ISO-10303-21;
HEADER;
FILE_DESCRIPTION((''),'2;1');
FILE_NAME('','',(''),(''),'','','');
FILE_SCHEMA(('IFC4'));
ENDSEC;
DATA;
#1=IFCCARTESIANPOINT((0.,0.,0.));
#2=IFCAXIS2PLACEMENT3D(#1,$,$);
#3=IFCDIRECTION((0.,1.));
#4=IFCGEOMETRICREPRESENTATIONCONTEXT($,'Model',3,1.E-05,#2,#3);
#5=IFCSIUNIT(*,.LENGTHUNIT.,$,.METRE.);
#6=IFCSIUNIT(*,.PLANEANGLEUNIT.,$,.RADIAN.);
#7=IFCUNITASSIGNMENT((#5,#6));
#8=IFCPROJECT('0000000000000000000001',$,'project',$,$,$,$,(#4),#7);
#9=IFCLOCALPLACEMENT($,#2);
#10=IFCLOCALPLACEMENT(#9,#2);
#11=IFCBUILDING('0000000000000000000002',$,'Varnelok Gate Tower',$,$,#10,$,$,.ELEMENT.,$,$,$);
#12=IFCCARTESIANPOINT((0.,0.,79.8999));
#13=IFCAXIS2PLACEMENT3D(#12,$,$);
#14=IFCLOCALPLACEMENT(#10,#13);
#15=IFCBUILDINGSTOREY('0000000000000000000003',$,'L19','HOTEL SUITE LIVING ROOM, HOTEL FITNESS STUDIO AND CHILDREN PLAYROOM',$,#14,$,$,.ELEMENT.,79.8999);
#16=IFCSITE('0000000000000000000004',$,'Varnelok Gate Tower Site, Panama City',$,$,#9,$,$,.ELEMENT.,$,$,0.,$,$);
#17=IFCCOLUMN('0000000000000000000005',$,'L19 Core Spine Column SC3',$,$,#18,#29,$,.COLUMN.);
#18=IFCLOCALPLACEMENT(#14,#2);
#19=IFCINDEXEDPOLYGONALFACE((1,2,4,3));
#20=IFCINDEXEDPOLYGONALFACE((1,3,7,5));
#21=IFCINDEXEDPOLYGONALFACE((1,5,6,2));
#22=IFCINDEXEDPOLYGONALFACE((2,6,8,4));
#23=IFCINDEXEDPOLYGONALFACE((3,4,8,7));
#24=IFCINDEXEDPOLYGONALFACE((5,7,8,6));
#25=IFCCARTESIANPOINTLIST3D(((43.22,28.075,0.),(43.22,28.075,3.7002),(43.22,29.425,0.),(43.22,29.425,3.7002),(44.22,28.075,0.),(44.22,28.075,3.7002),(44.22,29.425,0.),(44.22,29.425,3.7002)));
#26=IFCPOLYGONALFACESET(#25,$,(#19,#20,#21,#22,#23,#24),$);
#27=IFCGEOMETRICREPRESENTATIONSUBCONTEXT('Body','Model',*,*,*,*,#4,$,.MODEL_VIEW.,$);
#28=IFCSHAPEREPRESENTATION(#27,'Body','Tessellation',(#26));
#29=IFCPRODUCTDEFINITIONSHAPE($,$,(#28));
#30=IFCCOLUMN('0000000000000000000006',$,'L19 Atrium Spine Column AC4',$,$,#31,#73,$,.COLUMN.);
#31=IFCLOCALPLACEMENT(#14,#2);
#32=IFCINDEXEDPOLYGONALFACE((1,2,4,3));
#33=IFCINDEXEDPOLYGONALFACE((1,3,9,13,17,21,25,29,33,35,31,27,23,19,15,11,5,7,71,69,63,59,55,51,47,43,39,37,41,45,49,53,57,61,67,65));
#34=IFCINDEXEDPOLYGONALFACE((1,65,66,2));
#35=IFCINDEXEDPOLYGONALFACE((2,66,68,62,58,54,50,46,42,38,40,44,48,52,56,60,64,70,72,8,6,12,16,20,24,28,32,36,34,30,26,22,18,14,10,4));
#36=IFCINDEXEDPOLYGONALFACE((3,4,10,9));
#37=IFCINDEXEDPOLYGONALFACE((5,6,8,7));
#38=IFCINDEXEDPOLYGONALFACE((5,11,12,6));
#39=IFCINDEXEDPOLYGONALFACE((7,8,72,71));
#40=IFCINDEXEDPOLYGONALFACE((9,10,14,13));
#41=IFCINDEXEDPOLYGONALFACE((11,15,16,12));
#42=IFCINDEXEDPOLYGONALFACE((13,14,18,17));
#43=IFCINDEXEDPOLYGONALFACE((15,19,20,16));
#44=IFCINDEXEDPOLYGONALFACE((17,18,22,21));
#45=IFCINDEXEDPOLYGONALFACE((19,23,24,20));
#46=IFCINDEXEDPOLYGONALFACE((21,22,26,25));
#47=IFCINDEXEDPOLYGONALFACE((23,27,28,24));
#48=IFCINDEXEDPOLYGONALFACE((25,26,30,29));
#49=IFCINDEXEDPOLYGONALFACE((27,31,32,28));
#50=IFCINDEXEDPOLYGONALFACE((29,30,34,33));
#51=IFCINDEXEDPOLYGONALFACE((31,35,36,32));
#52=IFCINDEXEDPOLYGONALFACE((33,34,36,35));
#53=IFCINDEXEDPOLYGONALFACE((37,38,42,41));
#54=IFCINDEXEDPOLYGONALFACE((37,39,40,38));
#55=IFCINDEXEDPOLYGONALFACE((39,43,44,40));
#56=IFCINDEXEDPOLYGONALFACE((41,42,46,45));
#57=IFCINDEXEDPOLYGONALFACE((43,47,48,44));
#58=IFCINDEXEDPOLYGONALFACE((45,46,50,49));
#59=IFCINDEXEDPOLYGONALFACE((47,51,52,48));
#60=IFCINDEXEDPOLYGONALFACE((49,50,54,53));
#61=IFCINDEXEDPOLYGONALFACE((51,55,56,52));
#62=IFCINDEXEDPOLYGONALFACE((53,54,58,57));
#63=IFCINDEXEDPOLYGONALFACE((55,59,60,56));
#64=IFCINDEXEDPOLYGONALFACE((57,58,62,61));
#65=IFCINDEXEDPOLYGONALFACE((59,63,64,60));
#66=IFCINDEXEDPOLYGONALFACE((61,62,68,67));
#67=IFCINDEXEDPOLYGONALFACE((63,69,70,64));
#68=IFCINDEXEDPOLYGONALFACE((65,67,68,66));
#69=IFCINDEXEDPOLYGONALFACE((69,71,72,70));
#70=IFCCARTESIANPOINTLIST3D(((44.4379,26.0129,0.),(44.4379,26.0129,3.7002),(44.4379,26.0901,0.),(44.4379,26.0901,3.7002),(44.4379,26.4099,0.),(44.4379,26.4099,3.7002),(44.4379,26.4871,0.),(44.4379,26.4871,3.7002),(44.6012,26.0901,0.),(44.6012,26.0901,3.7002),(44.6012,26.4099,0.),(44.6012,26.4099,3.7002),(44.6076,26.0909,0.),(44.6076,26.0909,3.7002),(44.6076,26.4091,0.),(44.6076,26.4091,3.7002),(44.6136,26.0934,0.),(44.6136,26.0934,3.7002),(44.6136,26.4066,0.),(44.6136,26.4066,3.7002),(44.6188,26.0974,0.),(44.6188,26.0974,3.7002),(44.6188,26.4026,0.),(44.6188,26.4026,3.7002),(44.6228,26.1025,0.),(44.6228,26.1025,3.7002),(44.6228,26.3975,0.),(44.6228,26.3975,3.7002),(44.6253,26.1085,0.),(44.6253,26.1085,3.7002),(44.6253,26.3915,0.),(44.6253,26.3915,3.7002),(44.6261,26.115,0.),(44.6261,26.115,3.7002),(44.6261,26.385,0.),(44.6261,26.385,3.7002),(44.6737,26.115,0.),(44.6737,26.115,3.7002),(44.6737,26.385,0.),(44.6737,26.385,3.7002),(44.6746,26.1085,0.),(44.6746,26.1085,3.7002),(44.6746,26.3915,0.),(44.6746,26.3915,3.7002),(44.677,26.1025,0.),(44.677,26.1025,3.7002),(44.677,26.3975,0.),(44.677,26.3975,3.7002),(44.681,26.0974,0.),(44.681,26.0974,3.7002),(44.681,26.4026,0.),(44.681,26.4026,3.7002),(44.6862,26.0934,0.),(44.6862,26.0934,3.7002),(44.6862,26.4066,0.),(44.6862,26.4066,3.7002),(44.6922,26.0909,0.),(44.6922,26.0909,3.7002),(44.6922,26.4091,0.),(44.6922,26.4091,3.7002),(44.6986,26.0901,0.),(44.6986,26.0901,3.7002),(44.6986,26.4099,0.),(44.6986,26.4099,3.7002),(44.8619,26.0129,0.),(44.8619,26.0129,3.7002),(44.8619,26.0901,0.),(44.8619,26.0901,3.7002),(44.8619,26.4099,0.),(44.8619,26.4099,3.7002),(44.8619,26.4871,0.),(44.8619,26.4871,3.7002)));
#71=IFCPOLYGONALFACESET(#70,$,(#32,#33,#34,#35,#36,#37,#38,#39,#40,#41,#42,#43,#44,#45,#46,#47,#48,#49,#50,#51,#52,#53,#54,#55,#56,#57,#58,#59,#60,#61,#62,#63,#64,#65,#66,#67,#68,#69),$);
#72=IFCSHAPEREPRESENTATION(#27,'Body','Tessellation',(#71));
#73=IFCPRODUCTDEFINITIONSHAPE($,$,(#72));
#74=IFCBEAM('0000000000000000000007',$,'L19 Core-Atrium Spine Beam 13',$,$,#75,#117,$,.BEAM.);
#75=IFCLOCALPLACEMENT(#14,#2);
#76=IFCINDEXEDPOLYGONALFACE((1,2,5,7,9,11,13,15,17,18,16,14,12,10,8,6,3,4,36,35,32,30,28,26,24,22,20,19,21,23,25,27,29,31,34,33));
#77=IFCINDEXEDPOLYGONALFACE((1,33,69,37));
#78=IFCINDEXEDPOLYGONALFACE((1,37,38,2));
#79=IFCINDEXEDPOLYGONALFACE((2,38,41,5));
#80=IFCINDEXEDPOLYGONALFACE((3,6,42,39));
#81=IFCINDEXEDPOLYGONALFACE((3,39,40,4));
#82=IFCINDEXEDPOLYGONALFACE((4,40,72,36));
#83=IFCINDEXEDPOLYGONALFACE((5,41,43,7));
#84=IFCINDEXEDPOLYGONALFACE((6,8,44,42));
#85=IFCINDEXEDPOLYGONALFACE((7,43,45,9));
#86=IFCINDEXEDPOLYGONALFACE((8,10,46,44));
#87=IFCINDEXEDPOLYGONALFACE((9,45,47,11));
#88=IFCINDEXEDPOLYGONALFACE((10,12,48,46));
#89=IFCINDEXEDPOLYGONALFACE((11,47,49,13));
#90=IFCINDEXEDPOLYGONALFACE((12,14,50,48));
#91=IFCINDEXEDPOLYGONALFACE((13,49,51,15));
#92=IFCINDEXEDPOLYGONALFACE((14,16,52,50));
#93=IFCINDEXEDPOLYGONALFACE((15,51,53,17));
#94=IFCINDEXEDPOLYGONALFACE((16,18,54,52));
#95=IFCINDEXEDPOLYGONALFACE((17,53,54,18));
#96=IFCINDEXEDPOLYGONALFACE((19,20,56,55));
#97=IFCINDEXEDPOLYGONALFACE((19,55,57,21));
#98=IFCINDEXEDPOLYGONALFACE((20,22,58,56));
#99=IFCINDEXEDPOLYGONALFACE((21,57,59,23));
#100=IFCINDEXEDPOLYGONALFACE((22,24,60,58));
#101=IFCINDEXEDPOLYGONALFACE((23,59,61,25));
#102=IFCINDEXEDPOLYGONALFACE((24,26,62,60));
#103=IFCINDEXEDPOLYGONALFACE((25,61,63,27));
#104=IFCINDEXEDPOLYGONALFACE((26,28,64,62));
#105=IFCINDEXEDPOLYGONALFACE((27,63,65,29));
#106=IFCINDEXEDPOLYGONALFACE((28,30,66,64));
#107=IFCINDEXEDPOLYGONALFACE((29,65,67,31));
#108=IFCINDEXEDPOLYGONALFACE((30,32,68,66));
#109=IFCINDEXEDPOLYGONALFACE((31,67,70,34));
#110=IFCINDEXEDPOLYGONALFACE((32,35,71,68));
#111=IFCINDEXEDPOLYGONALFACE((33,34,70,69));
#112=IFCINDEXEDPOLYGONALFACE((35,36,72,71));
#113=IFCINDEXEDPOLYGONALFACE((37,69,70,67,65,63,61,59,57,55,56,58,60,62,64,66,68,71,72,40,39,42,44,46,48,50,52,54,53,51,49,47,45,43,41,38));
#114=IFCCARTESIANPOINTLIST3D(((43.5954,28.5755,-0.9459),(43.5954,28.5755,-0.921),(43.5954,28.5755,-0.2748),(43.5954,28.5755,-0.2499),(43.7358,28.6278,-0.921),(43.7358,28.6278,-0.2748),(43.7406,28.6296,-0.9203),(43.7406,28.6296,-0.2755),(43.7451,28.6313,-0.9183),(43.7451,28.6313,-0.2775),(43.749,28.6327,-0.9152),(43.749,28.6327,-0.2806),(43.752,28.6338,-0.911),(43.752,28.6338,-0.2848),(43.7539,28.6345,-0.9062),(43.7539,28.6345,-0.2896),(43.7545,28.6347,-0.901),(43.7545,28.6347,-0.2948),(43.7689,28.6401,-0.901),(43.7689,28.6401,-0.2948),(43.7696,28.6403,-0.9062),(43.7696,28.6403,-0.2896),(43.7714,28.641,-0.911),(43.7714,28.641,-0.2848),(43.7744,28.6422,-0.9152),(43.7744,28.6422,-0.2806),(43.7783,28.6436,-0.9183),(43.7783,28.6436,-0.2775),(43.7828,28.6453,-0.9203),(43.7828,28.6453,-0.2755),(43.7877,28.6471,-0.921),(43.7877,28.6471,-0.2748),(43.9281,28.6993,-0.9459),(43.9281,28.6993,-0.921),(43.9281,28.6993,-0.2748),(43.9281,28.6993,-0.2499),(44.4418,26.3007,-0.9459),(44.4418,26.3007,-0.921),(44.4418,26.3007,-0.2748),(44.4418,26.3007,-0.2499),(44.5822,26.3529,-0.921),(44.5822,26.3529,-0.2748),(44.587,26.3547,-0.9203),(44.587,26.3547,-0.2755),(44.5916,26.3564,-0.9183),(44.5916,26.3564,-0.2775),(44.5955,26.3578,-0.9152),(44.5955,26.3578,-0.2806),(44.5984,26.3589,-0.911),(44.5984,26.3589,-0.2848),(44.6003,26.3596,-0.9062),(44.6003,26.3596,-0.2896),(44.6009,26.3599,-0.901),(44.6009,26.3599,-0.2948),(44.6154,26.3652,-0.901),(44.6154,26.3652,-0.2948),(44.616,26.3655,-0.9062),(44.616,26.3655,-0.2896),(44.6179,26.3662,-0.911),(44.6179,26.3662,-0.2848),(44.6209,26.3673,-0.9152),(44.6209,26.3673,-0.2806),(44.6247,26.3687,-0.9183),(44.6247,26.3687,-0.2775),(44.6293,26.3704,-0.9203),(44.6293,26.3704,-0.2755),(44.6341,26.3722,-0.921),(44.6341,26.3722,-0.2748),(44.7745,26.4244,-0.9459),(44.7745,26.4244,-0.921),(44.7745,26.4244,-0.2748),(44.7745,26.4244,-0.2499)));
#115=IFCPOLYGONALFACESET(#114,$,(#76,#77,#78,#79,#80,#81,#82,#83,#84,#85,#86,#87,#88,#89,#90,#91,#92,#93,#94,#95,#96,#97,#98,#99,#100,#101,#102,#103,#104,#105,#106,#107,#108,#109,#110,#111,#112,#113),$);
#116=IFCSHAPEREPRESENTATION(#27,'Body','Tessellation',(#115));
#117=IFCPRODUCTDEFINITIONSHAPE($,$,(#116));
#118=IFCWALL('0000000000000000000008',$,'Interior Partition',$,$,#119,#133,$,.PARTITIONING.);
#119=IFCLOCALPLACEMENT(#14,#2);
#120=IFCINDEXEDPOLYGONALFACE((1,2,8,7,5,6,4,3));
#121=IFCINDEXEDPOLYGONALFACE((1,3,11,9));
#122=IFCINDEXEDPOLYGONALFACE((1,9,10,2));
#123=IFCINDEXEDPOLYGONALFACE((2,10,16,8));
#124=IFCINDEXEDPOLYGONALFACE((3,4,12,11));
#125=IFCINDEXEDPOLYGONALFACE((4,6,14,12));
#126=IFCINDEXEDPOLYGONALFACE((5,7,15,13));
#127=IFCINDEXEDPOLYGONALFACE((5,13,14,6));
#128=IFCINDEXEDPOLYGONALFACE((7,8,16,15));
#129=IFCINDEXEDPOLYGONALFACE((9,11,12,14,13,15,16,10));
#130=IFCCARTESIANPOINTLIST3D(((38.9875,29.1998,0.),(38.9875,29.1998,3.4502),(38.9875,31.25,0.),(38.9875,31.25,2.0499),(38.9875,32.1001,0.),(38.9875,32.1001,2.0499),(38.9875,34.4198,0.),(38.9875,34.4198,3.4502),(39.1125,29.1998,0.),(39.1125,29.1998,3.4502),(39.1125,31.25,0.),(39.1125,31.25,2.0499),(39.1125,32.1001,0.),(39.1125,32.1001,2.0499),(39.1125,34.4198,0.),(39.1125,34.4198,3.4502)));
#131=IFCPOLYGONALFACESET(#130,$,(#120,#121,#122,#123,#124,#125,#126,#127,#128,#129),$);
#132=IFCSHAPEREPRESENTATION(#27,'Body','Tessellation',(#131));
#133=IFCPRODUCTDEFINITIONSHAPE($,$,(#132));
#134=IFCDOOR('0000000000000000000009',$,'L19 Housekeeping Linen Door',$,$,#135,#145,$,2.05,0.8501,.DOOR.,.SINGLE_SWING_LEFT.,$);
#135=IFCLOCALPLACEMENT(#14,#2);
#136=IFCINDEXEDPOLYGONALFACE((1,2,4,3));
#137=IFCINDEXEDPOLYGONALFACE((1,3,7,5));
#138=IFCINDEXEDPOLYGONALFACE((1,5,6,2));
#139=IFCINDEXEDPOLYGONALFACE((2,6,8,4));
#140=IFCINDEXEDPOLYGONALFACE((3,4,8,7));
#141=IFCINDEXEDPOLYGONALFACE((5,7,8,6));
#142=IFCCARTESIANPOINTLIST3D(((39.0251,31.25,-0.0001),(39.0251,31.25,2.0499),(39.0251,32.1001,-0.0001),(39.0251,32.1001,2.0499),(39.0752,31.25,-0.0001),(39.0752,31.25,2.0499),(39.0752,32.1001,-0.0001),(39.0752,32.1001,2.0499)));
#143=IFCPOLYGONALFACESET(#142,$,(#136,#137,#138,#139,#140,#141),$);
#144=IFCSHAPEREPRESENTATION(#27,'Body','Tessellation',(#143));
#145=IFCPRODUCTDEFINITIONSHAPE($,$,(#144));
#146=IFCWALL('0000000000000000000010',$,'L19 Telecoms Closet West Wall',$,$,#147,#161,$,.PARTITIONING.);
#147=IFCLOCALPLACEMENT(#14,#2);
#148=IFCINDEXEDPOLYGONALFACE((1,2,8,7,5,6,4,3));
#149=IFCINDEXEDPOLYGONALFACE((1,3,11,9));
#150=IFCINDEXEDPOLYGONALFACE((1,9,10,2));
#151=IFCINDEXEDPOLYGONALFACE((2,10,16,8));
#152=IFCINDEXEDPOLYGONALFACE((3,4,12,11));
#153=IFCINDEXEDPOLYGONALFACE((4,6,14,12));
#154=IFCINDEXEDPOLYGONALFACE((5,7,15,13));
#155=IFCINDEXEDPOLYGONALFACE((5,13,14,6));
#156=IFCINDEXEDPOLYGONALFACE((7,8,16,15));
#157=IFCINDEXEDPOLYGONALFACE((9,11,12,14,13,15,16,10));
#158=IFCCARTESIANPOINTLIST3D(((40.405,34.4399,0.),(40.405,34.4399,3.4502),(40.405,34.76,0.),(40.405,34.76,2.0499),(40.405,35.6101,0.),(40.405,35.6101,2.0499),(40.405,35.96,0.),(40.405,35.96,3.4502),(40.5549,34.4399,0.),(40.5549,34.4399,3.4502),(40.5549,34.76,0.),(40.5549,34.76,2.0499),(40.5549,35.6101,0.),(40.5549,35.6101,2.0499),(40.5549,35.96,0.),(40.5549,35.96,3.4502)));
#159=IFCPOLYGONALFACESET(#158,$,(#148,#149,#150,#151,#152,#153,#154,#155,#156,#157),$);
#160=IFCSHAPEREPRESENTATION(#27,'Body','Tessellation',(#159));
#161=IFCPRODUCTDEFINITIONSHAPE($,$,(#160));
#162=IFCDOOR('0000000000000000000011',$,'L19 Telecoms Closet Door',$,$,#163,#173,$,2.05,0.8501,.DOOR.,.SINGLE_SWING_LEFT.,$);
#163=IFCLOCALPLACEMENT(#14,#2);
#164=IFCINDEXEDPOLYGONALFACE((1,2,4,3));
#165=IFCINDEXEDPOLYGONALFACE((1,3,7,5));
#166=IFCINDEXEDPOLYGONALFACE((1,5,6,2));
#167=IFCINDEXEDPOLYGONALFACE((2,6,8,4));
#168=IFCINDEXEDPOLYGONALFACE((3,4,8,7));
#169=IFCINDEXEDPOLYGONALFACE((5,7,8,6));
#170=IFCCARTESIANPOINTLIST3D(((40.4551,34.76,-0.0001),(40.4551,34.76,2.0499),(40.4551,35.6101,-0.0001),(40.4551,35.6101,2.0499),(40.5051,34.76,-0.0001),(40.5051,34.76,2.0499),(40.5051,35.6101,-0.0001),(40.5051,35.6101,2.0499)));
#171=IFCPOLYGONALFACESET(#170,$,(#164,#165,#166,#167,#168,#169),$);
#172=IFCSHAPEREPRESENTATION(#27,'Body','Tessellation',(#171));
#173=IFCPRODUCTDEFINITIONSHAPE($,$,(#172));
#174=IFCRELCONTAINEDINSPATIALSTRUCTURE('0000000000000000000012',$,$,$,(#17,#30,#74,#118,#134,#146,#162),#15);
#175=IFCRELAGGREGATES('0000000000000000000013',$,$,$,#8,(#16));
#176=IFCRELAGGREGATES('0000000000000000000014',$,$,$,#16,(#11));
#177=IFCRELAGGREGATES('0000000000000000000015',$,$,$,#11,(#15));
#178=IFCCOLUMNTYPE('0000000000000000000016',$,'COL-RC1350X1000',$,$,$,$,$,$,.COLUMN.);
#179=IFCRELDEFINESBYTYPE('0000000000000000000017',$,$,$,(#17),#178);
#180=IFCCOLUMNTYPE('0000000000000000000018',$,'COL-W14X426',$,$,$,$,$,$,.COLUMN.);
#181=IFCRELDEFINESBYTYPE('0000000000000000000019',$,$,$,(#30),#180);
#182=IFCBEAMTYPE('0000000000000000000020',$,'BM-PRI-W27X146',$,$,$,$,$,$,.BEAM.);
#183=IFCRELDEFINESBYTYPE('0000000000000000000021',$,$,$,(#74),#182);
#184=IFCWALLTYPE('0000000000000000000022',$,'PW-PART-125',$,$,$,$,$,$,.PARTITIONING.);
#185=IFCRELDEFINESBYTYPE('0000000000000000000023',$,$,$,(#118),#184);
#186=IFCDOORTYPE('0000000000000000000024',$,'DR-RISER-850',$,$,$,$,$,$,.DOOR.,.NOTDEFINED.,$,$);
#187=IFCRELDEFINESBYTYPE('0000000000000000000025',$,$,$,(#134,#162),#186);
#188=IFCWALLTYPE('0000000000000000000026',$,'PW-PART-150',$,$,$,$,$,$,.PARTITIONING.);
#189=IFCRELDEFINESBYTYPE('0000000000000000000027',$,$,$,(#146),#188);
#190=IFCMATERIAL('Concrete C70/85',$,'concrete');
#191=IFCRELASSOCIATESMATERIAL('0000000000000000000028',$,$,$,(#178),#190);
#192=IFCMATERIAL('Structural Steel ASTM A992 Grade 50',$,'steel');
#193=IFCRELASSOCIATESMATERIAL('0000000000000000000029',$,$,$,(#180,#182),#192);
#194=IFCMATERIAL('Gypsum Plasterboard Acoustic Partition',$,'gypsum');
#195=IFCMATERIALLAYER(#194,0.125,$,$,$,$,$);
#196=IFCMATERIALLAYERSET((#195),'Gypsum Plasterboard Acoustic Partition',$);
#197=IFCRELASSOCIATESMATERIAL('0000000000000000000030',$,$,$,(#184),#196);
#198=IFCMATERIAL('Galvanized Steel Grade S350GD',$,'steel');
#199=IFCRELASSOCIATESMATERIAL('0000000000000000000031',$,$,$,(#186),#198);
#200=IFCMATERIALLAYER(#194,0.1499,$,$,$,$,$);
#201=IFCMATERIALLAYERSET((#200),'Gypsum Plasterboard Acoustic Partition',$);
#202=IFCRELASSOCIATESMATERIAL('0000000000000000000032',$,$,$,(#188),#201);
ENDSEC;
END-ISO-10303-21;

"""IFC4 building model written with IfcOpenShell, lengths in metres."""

from ifc_helpers import new_model, si_unit, direction, frame, frame_2d, origin, origin_2d, place, context, subcontext, project, spatial, rectangle, i_section, extrude, material, layer, layer_set, material_profile, profile_set, type_object, element, fill, save


model = new_model("IFC4")

# Units and contexts
model_context = context("Model", 3, precision=1e-05, world=origin(), true_north=direction((0.0, 1.0)))
body_context = subcontext(model_context, "Body", "Model", "MODEL_VIEW")
ifc_project = project(units=[si_unit("LENGTHUNIT", "METRE"), si_unit("PLANEANGLEUNIT", "RADIAN")], contexts=[model_context])

# Site, building, storey
site_placement = place(None, origin())
site = spatial("IfcSite", under=ifc_project, at=site_placement, Name="Varnelok Gate Tower Site, Panama City", CompositionType="ELEMENT", RefElevation=0.0)
building_placement = place(site_placement, origin())
building = spatial("IfcBuilding", under=site, at=building_placement, Name="Varnelok Gate Tower", CompositionType="ELEMENT")
storey_placement = place(building_placement, frame((0.0, 0.0, 79.8999)))
storey = spatial("IfcBuildingStorey", under=building, at=storey_placement, Name="L19", Description="HOTEL SUITE LIVING ROOM, HOTEL FITNESS STUDIO AND CHILDREN PLAYROOM", CompositionType="ELEMENT", Elevation=79.8999)

# Columns
ifc_material_1 = material(Name="Concrete C70/85", Category="concrete")
ifc_material_profile_1 = material_profile(ifc_material_1, rectangle(XDim=1.0, YDim=1.3501, at=origin_2d()), Name="RC1350X1000")
ifc_profile_set_1 = profile_set([ifc_material_profile_1], Name="Concrete C70/85")
column_type_1 = type_object("IfcColumnType", Name="COL-RC1350X1000", PredefinedType="COLUMN", material=ifc_profile_set_1)
column_1_placement = place(storey_placement, frame((43.72, 28.75, 0.0), z_axis=(0.0, 0.0, 1.0), x_axis=(1.0, 0.0, 0.0)))
element("IfcColumn", 1, at=column_1_placement, inside=storey, type_object=column_type_1, Name="L19 Core Spine Column SC3", PredefinedType="COLUMN", context=body_context, shape_type="SweptSolid", body=[
    extrude(rectangle(XDim=1.0, YDim=1.3501, at=origin_2d()), origin(), (0.0, 0.0, 1.0), 3.7002),
])
ifc_material_2 = material(Name="Structural Steel ASTM A992 Grade 50", Category="steel")
ifc_material_profile_2 = material_profile(ifc_material_2, i_section(OverallWidth=0.4241, OverallDepth=0.4741, WebThickness=0.0476, FlangeThickness=0.0771, FilletRadius=0.0249, at=origin_2d()), Name="W14X426")
ifc_profile_set_2 = profile_set([ifc_material_profile_2], Name="Structural Steel ASTM A992 Grade 50")
column_type_2 = type_object("IfcColumnType", Name="COL-W14X426", PredefinedType="COLUMN", material=ifc_profile_set_2)
column_2_placement = place(storey_placement, frame((44.6499, 26.25, 0.0), z_axis=(0.0, 0.0, 1.0), x_axis=(1.0, 0.0, 0.0)))
element("IfcColumn", 2, at=column_2_placement, inside=storey, type_object=column_type_2, Name="L19 Atrium Spine Column AC4", PredefinedType="COLUMN", context=body_context, shape_type="SweptSolid", body=[
    extrude(i_section(OverallWidth=0.4241, OverallDepth=0.4741, WebThickness=0.0476, FlangeThickness=0.0771, FilletRadius=0.0249, at=origin_2d()), origin(), (0.0, 0.0, 1.0), 3.7002),
])

# Beam
ifc_material_profile_3 = material_profile(ifc_material_2, i_section(OverallWidth=0.355, OverallDepth=0.696, WebThickness=0.0154, FlangeThickness=0.0249, FilletRadius=0.02, at=origin_2d()), Name="W27X146")
ifc_profile_set_3 = profile_set([ifc_material_profile_3], Name="Structural Steel ASTM A992 Grade 50")
beam_type = type_object("IfcBeamType", Name="BM-PRI-W27X146", PredefinedType="BEAM", material=ifc_profile_set_3)
beam_placement = place(storey_placement, frame((44.6082, 26.3625, -0.5979), z_axis=(-0.348719, 0.937227, 0.0), x_axis=(-0.937227, -0.348719, 0.0)))
element("IfcBeam", 3, at=beam_placement, inside=storey, type_object=beam_type, Name="L19 Core-Atrium Spine Beam 13", PredefinedType="BEAM", context=body_context, shape_type="SweptSolid", body=[
    extrude(i_section(OverallWidth=0.355, OverallDepth=0.696, WebThickness=0.0154, FlangeThickness=0.0249, FilletRadius=0.02, at=origin_2d()), origin(), (0.0, 0.0, 1.0), 2.4272),
])

# Walls, openings, doors
ifc_material_3 = material(Name="Gypsum Plasterboard Acoustic Partition", Category="gypsum")
ifc_layer_1 = layer(ifc_material_3, 0.125)
ifc_layer_set_1 = layer_set([ifc_layer_1], Name="Gypsum Plasterboard Acoustic Partition")
wall_type_1 = type_object("IfcWallType", Name="PW-PART-125", PredefinedType="PARTITIONING", material=ifc_layer_set_1)
wall_1_placement = place(storey_placement, frame((39.05, 29.2, 0.0), z_axis=(0.0, 0.0, 1.0), x_axis=(0.0, 1.0, 0.0)))
wall_1 = element("IfcWall", 4, at=wall_1_placement, inside=storey, type_object=wall_type_1, Name="Interior Partition", PredefinedType="PARTITIONING", context=body_context, shape_type="SweptSolid", body=[
    extrude(rectangle(XDim=5.22, YDim=0.125, at=frame_2d((2.6099, 0.0))), origin(), (0.0, 0.0, 1.0), 3.4502),
])
opening_1_placement = place(wall_1_placement, frame((2.05, 0.0, 0.0)))
opening_1 = element("IfcOpeningElement", 5, at=opening_1_placement, cuts=wall_1, PredefinedType="OPENING", context=body_context, shape_type="SweptSolid", body=[
    extrude(rectangle(XDim=0.8501, YDim=2.05, at=frame_2d((0.425, 1.0249))), frame((0.0, 0.0725, 0.0), z_axis=(0.0, -1.0, 0.0), x_axis=(1.0, 0.0, 0.0)), (0.0, 0.0, 1.0), 0.145),
])
ifc_material_4 = material(Name="Galvanized Steel Grade S350GD", Category="steel")
door_type_1 = type_object("IfcDoorType", Name="DR-RISER-850", OperationType="NOTDEFINED", PredefinedType="DOOR", material=ifc_material_4)
door_1_placement = place(opening_1_placement, origin())
door_1 = element("IfcDoor", 6, at=door_1_placement, inside=storey, type_object=door_type_1, Name="L19 Housekeeping Linen Door", OperationType="SINGLE_SWING_LEFT", OverallHeight=2.05, OverallWidth=0.8501, PredefinedType="DOOR", context=body_context, shape_type="SweptSolid", body=[
    extrude(rectangle(XDim=0.8501, YDim=2.05, at=frame_2d((0.425, 1.0249))), frame((0.0, 0.0249, 0.0), z_axis=(0.0, -1.0, 0.0), x_axis=(1.0, 0.0, 0.0)), (0.0, 0.0, 1.0), 0.05),
])
fill(opening_1, door_1)
ifc_layer_2 = layer(ifc_material_3, 0.1499)
ifc_layer_set_2 = layer_set([ifc_layer_2], Name="Gypsum Plasterboard Acoustic Partition")
wall_type_2 = type_object("IfcWallType", Name="PW-PART-150", PredefinedType="PARTITIONING", material=ifc_layer_set_2)
wall_2_placement = place(storey_placement, frame((40.48, 34.4399, 0.0), z_axis=(0.0, 0.0, 1.0), x_axis=(0.0, 1.0, 0.0)))
wall_2 = element("IfcWall", 7, at=wall_2_placement, inside=storey, type_object=wall_type_2, Name="L19 Telecoms Closet West Wall", PredefinedType="PARTITIONING", context=body_context, shape_type="SweptSolid", body=[
    extrude(rectangle(XDim=1.52, YDim=0.1499, at=frame_2d((0.76, 0.0))), origin(), (0.0, 0.0, 1.0), 3.4502),
])
opening_2_placement = place(wall_2_placement, frame((0.3201, 0.0, 0.0)))
opening_2 = element("IfcOpeningElement", 8, at=opening_2_placement, cuts=wall_2, PredefinedType="OPENING", context=body_context, shape_type="SweptSolid", body=[
    extrude(rectangle(XDim=0.8501, YDim=2.05, at=frame_2d((0.425, 1.0249))), frame((0.0, 0.085, 0.0), z_axis=(0.0, -1.0, 0.0), x_axis=(1.0, 0.0, 0.0)), (0.0, 0.0, 1.0), 0.1699),
])
door_2_placement = place(opening_2_placement, origin())
door_2 = element("IfcDoor", 9, at=door_2_placement, inside=storey, type_object=door_type_1, Name="L19 Telecoms Closet Door", OperationType="SINGLE_SWING_LEFT", OverallHeight=2.05, OverallWidth=0.8501, PredefinedType="DOOR", context=body_context, shape_type="SweptSolid", body=[
    extrude(rectangle(XDim=0.8501, YDim=2.05, at=frame_2d((0.425, 1.0249))), frame((0.0, 0.0249, 0.0), z_axis=(0.0, -1.0, 0.0), x_axis=(1.0, 0.0, 0.0)), (0.0, 0.0, 1.0), 0.05),
])
fill(opening_2, door_2)

save(model, "model.ifc")
